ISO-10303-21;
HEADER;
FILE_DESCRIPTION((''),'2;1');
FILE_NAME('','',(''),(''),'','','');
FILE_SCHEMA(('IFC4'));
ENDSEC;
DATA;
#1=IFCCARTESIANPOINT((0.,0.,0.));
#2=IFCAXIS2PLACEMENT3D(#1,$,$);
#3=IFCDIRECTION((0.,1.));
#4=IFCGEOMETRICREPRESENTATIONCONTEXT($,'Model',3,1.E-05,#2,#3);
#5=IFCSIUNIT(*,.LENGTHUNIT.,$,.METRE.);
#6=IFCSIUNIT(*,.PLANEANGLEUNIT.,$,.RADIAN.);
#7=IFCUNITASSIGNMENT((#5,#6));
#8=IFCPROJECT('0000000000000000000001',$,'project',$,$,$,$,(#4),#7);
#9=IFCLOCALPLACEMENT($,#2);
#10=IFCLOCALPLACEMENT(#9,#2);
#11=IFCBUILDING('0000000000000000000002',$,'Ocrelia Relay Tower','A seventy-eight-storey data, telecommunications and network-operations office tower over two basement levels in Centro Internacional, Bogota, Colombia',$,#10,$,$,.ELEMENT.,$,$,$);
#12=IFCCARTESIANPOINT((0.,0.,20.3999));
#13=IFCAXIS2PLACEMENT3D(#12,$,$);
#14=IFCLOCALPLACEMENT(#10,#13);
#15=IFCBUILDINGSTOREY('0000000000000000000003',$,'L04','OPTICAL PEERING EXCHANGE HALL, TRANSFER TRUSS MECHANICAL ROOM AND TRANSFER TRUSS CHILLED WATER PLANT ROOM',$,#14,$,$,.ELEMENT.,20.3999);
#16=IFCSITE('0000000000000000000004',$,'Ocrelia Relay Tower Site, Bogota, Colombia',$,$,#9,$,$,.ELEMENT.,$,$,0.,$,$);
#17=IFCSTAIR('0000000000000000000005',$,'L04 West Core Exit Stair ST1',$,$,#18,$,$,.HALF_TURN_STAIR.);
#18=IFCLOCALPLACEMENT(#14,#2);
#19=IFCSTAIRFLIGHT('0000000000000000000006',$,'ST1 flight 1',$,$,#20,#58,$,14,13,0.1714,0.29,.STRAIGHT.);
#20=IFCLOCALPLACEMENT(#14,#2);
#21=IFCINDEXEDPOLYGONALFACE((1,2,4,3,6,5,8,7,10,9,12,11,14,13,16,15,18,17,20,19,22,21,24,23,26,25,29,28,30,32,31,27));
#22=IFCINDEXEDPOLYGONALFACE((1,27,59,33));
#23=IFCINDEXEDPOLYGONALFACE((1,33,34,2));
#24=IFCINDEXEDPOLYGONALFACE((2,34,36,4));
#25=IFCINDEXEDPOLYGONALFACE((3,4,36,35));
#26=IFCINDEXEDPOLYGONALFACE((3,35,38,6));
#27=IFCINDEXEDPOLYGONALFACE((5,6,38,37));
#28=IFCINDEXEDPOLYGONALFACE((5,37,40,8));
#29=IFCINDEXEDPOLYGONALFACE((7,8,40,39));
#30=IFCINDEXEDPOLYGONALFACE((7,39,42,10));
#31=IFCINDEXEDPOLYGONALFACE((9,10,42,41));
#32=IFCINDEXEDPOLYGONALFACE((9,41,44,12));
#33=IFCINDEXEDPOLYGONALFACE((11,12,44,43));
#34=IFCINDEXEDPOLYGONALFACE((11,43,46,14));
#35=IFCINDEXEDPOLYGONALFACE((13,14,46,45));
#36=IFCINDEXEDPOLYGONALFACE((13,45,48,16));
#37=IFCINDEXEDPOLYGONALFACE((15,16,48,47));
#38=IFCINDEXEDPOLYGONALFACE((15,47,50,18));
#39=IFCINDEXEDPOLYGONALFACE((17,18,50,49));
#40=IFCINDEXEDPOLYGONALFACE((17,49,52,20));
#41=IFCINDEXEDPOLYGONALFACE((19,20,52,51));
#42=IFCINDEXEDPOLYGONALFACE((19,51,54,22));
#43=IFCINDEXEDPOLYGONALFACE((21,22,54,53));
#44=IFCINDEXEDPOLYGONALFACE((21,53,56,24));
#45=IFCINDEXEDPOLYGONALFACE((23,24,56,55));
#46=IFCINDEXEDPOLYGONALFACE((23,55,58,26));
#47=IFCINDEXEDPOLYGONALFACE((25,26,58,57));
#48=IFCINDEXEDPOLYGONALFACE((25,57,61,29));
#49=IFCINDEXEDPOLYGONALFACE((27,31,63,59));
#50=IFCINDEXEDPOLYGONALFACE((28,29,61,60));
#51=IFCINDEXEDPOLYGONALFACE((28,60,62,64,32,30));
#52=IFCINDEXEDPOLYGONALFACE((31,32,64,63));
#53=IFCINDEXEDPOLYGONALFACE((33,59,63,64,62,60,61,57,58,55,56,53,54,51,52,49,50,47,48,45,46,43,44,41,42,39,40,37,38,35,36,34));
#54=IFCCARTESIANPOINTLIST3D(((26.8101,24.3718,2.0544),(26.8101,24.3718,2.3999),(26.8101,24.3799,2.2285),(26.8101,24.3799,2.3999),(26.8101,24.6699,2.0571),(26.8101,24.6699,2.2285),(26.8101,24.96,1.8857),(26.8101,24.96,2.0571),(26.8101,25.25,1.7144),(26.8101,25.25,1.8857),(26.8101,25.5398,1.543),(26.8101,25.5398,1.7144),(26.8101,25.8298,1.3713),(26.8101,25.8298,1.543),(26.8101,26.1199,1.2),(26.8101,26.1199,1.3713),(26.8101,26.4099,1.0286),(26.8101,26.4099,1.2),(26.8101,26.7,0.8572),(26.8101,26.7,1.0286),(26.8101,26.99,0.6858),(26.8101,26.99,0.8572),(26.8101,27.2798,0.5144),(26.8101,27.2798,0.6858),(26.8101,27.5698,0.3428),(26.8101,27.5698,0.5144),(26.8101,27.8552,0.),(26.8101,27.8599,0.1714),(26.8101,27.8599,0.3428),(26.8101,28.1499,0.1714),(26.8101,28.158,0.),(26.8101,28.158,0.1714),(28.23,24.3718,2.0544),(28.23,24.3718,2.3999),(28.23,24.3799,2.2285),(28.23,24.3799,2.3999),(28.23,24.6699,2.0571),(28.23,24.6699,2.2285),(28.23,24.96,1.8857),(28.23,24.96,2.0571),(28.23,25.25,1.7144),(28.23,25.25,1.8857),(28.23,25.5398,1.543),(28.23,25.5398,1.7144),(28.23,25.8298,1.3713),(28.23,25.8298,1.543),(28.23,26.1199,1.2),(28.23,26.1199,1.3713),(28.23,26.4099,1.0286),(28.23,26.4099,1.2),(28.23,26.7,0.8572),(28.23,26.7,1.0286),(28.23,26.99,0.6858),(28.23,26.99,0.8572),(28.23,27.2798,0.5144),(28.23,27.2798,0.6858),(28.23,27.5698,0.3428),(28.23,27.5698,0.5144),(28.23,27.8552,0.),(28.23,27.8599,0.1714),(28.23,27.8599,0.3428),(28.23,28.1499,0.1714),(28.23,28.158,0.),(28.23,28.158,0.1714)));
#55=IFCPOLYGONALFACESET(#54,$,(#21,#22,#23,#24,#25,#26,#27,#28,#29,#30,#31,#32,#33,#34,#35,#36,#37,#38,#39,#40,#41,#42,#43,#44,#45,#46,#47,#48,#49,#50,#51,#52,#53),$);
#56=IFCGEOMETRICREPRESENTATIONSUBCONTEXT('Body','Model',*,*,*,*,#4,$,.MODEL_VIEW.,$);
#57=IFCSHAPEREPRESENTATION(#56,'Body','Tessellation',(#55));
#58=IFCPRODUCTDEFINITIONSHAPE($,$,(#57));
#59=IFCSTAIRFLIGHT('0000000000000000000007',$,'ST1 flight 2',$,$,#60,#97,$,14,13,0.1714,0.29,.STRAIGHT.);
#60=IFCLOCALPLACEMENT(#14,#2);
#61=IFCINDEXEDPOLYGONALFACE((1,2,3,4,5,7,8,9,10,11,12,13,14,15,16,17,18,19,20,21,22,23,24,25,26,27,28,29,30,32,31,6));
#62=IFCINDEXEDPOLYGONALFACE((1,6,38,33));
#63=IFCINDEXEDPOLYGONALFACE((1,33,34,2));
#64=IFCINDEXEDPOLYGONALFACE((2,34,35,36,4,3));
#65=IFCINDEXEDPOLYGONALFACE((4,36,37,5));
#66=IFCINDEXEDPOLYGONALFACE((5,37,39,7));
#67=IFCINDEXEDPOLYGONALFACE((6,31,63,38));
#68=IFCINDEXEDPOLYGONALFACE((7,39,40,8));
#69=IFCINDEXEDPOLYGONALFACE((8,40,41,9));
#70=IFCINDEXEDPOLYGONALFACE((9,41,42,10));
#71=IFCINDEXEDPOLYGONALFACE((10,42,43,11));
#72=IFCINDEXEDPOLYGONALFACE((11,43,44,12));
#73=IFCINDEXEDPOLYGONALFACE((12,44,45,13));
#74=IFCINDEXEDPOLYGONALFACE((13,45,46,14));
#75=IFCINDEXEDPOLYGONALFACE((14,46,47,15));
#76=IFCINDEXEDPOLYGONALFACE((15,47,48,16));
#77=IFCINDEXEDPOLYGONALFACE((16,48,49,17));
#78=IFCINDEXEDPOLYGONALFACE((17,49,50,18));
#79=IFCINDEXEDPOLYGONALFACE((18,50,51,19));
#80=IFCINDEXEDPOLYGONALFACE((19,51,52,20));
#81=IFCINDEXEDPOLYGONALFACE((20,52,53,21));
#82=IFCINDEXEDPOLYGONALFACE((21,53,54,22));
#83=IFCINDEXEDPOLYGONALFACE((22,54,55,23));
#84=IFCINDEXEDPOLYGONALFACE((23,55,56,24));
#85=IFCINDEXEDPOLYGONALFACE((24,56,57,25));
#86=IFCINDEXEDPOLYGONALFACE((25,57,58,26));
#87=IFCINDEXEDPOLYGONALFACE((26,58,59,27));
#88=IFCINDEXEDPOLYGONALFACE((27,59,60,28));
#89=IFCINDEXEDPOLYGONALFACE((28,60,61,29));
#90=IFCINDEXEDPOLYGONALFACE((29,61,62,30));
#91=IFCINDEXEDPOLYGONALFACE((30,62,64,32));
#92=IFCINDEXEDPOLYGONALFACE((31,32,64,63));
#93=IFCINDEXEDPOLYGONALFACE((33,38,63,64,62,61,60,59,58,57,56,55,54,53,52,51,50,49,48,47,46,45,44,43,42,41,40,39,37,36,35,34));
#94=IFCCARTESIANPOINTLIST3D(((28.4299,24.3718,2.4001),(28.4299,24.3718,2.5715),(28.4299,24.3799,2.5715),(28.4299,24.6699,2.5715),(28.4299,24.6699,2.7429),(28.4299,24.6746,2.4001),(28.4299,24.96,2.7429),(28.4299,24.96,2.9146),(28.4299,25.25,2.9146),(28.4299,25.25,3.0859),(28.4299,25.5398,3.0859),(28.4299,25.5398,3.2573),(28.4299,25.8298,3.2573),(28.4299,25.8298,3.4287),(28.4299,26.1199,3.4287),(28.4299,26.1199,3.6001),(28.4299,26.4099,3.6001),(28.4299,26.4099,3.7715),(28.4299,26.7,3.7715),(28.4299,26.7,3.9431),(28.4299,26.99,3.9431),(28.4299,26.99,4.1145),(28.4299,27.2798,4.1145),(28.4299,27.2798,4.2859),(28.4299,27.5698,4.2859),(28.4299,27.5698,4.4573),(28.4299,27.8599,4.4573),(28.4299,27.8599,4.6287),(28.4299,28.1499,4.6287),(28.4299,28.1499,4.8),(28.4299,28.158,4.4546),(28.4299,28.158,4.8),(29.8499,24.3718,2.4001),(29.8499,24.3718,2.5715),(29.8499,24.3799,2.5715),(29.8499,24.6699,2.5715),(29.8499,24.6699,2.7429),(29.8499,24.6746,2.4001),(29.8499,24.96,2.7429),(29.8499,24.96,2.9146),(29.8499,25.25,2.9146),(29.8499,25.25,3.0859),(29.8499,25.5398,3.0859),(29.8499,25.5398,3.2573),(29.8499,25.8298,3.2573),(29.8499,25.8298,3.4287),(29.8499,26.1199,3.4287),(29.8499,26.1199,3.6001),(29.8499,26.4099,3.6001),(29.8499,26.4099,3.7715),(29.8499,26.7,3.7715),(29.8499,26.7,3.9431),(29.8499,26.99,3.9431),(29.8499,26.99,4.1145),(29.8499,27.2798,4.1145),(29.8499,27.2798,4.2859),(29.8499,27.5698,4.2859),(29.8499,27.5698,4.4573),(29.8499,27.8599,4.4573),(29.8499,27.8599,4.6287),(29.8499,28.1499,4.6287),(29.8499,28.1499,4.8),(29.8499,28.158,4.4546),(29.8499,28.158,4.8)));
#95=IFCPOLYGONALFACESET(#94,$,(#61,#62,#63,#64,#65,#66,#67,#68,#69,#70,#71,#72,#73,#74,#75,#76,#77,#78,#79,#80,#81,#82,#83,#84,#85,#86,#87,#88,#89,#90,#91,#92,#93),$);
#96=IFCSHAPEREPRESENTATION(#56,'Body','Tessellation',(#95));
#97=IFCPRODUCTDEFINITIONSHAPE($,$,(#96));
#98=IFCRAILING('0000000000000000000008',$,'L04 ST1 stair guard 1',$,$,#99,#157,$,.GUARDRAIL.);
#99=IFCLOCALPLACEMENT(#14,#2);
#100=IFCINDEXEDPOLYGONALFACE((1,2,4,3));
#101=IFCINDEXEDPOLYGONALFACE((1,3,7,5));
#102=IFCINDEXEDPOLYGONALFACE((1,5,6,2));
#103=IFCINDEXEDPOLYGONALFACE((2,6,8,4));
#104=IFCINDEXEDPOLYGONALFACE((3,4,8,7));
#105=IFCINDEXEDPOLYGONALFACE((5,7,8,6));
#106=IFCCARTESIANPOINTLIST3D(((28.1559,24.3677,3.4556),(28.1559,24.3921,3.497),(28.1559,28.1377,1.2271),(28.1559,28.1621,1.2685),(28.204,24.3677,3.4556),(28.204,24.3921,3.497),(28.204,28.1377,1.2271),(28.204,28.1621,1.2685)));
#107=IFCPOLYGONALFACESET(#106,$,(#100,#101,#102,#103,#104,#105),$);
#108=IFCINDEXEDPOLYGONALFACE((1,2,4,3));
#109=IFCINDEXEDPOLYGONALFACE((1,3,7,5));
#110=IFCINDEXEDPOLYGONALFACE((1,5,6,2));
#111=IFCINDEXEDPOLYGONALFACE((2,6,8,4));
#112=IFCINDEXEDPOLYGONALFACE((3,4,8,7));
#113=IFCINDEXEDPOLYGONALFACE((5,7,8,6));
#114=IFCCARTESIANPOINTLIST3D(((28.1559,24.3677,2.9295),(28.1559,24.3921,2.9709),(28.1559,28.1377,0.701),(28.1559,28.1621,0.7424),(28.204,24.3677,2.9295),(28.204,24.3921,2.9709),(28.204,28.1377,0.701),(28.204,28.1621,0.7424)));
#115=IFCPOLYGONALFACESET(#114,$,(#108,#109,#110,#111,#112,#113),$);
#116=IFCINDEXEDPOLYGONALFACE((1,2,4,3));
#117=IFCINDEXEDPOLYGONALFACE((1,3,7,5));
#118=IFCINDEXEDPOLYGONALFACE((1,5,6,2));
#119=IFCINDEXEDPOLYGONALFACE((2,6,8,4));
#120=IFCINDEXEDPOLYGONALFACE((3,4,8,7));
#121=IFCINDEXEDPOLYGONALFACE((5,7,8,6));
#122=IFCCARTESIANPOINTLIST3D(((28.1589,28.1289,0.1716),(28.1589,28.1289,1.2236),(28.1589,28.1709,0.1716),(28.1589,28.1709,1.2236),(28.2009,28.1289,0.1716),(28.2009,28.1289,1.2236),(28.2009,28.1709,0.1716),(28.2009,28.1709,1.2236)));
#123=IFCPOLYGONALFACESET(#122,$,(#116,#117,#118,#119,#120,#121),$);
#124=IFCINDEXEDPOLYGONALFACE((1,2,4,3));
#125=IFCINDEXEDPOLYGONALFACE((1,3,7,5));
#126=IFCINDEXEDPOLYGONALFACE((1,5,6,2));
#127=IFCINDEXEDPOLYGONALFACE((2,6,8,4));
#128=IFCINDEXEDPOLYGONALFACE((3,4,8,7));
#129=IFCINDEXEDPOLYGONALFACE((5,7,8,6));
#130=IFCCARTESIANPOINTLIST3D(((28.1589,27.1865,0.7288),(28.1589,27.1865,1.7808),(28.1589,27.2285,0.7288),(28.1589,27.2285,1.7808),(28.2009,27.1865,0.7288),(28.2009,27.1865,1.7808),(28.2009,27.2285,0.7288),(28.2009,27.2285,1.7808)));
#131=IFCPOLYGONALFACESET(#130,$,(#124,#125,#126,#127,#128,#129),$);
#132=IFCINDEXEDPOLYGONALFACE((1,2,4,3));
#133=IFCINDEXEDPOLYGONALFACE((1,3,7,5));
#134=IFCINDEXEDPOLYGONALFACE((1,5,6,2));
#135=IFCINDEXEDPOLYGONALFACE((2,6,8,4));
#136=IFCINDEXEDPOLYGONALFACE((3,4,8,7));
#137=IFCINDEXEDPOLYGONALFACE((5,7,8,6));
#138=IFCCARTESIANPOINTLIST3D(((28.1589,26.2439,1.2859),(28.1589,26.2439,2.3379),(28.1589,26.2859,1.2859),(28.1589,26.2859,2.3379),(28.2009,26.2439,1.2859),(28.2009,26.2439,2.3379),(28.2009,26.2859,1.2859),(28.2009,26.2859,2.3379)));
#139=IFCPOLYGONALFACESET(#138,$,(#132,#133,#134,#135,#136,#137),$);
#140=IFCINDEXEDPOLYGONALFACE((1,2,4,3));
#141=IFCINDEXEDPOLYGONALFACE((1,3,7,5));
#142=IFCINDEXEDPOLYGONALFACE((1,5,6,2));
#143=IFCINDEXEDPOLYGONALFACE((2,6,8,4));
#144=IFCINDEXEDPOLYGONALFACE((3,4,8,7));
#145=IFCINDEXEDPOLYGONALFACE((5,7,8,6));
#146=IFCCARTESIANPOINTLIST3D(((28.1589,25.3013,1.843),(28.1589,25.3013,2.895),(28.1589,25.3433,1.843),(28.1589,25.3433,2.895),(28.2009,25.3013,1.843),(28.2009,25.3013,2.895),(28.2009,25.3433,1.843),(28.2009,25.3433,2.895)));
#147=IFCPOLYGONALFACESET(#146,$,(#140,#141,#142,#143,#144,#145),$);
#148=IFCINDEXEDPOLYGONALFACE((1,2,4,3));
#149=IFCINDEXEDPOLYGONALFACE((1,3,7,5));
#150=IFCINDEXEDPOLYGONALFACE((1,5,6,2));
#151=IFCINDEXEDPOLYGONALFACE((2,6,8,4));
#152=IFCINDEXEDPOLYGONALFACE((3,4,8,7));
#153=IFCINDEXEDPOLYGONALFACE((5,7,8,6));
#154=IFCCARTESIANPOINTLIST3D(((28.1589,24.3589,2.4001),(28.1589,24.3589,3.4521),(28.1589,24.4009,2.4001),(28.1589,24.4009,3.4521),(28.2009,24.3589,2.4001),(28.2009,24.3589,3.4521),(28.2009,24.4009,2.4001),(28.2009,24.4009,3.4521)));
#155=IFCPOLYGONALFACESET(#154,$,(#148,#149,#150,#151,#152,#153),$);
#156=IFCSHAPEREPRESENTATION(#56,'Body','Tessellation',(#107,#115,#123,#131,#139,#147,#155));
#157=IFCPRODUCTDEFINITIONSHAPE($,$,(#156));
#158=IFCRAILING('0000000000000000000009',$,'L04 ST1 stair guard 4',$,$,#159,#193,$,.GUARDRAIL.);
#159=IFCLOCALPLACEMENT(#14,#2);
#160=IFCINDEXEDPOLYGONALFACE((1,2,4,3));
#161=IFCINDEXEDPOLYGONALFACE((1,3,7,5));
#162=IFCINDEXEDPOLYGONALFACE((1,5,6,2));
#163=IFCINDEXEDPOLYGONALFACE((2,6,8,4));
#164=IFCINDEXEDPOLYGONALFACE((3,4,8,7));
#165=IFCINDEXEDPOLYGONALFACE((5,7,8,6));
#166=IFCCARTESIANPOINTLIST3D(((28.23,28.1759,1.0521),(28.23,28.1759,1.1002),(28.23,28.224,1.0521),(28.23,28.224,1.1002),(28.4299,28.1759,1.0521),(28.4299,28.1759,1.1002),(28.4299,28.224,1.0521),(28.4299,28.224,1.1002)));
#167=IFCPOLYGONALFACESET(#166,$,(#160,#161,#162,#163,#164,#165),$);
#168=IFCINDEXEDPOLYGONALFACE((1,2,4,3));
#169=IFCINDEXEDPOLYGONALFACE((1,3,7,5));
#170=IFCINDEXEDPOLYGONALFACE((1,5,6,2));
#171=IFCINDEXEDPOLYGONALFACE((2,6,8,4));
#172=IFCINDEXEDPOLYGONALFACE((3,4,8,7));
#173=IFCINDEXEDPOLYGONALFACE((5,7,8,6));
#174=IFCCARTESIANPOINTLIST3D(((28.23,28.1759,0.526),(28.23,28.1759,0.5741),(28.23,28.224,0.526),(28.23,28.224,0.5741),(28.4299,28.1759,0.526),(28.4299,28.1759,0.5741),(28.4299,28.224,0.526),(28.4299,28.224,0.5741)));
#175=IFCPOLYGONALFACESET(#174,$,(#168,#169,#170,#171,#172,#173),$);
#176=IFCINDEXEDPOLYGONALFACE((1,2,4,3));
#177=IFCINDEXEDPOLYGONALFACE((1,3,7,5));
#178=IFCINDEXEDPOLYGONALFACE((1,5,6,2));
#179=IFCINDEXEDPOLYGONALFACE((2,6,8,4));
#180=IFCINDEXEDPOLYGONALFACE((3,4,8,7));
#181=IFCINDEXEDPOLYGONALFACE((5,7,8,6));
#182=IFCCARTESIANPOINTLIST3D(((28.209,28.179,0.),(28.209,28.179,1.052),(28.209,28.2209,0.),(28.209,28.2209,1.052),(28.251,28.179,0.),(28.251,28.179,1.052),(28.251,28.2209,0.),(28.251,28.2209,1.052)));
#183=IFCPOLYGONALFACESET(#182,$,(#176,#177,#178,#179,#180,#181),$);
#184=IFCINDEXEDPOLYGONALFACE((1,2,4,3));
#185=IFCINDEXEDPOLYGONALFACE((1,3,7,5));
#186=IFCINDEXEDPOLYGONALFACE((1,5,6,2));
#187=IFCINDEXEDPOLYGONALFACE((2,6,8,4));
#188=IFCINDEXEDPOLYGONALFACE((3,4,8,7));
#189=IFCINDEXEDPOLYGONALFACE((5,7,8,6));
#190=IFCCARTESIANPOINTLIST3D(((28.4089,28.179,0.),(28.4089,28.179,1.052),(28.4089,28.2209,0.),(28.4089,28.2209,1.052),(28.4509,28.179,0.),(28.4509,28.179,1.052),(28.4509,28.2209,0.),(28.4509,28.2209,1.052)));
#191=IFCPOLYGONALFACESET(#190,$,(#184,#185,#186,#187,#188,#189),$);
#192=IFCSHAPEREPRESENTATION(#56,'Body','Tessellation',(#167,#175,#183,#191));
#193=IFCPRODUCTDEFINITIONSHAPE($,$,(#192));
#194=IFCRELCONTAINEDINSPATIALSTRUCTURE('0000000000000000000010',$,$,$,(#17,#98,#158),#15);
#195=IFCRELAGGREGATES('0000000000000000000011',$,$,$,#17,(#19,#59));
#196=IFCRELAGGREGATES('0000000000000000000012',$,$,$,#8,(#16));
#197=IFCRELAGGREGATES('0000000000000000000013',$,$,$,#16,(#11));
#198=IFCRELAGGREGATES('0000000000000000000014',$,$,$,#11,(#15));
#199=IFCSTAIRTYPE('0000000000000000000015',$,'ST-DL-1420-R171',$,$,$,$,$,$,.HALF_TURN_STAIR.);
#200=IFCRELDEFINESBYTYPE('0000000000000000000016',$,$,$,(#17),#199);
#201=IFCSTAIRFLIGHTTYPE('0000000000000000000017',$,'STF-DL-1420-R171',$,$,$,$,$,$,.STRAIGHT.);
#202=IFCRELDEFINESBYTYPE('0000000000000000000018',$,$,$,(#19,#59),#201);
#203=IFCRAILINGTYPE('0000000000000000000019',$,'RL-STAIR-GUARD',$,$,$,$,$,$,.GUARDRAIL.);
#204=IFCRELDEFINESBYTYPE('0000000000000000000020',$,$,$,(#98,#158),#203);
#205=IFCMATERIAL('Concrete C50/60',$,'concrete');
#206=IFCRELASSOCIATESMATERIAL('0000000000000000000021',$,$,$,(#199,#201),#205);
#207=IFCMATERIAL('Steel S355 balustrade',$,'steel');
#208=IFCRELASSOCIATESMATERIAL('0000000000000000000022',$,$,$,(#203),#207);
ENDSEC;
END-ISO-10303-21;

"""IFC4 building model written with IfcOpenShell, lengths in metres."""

from ifc_helpers import new_model, si_unit, direction, frame, origin, origin_2d, place, context, subcontext, project, spatial, polyline, rectangle, outline, extrude, material, type_object, element, aggregate, save


model = new_model("IFC4")

# Units and contexts
model_context = context("Model", 3, precision=1e-05, world=origin(), true_north=direction((0.0, 1.0)))
body_context = subcontext(model_context, "Body", "Model", "MODEL_VIEW")
ifc_project = project(units=[si_unit("LENGTHUNIT", "METRE"), si_unit("PLANEANGLEUNIT", "RADIAN")], contexts=[model_context])

# Site, building, storey
site_placement = place(None, origin())
site = spatial("IfcSite", under=ifc_project, at=site_placement, Name="Ocrelia Relay Tower Site, Bogota, Colombia", CompositionType="ELEMENT", RefElevation=0.0)
building_placement = place(site_placement, origin())
building = spatial("IfcBuilding", under=site, at=building_placement, Name="Ocrelia Relay Tower", Description="A seventy-eight-storey data, telecommunications and network-operations office tower over two basement levels in Centro Internacional, Bogota, Colombia", CompositionType="ELEMENT")
storey_placement = place(building_placement, frame((0.0, 0.0, 20.3999)))
storey = spatial("IfcBuildingStorey", under=building, at=storey_placement, Name="L04", Description="OPTICAL PEERING EXCHANGE HALL, TRANSFER TRUSS MECHANICAL ROOM AND TRANSFER TRUSS CHILLED WATER PLANT ROOM", CompositionType="ELEMENT", Elevation=20.3999)

# Shared definitions
ifc_material_1 = material(Name="Concrete C50/60", Category="concrete")

# Stair, stair flights
stair_type = type_object("IfcStairType", Name="ST-DL-1420-R171", PredefinedType="HALF_TURN_STAIR", material=ifc_material_1)
stair_placement = place(storey_placement, origin())
stair = element("IfcStair", 1, at=stair_placement, inside=storey, type_object=stair_type, Name="L04 West Core Exit Stair ST1", PredefinedType="HALF_TURN_STAIR")
stair_flight_type = type_object("IfcStairFlightType", Name="STF-DL-1420-R171", PredefinedType="STRAIGHT", material=ifc_material_1)
stair_flight_1_placement = place(storey_placement, frame((27.52, 28.1499, 0.0), z_axis=(0.0, 0.0, 1.0), x_axis=(0.0, -1.0, 0.0)))
stair_flight_1 = element("IfcStairFlight", 2, at=stair_flight_1_placement, type_object=stair_flight_type, Name="ST1 flight 1", NumberOfRisers=14, NumberOfTreads=13, PredefinedType="STRAIGHT", RiserHeight=0.1714, TreadLength=0.29, context=body_context, shape_type="SweptSolid", body=[
    extrude(outline(polyline([(-0.0081, 0.0), (-0.0081, 0.1714), (0.0, 0.1714), (0.29, 0.1714), (0.29, 0.3428), (0.5801, 0.3428), (0.5801, 0.5144), (0.8701, 0.5144), (0.8701, 0.6858), (1.1599, 0.6858), (1.1599, 0.8572), (1.45, 0.8572), (1.45, 1.0286), (1.74, 1.0286), (1.74, 1.2), (2.03, 1.2), (2.03, 1.3713), (2.3201, 1.3713), (2.3201, 1.543), (2.6101, 1.543), (2.6101, 1.7144), (2.8999, 1.7144), (2.8999, 1.8857), (3.1899, 1.8857), (3.1899, 2.0571), (3.48, 2.0571), (3.48, 2.2285), (3.77, 2.2285), (3.77, 2.3999), (3.7781, 2.3999), (3.7781, 2.0544), (0.2947, 0.0), (-0.0081, 0.0)])), frame((0.0, 0.71, 0.0), z_axis=(0.0, -1.0, 0.0), x_axis=(1.0, 0.0, 0.0)), (0.0, 0.0, 1.0), 1.4199),
])
stair_flight_2_placement = place(storey_placement, frame((29.1399, 24.3799, 2.4001), z_axis=(0.0, 0.0, 1.0), x_axis=(0.0, 1.0, 0.0)))
stair_flight_2 = element("IfcStairFlight", 3, at=stair_flight_2_placement, type_object=stair_flight_type, Name="ST1 flight 2", NumberOfRisers=14, NumberOfTreads=13, PredefinedType="STRAIGHT", RiserHeight=0.1714, TreadLength=0.29, context=body_context, shape_type="SweptSolid", body=[
    extrude(outline(polyline([(-0.0081, 0.0), (-0.0081, 0.1714), (0.0, 0.1714), (0.29, 0.1714), (0.29, 0.3428), (0.5801, 0.3428), (0.5801, 0.5144), (0.8701, 0.5144), (0.8701, 0.6858), (1.1599, 0.6858), (1.1599, 0.8572), (1.45, 0.8572), (1.45, 1.0286), (1.74, 1.0286), (1.74, 1.2), (2.03, 1.2), (2.03, 1.3713), (2.3201, 1.3713), (2.3201, 1.543), (2.6101, 1.543), (2.6101, 1.7144), (2.8999, 1.7144), (2.8999, 1.8857), (3.1899, 1.8857), (3.1899, 2.0571), (3.48, 2.0571), (3.48, 2.2285), (3.77, 2.2285), (3.77, 2.3999), (3.7781, 2.3999), (3.7781, 2.0544), (0.2947, 0.0), (-0.0081, 0.0)])), frame((0.0, 0.71, 0.0), z_axis=(0.0, -1.0, 0.0), x_axis=(1.0, 0.0, 0.0)), (0.0, 0.0, 1.0), 1.4199),
])
aggregate(stair, [stair_flight_1, stair_flight_2])

# Railings
ifc_material_2 = material(Name="Steel S355 balustrade", Category="steel")
railing_type_1 = type_object("IfcRailingType", Name="RL-STAIR-GUARD", PredefinedType="GUARDRAIL", material=ifc_material_2)
railing_1_placement = place(storey_placement, frame((28.1799, 28.1499, 0.1716)))
element("IfcRailing", 4, at=railing_1_placement, inside=storey, type_object=railing_type_1, Name="L04 ST1 stair guard 1", PredefinedType="GUARDRAIL", context=body_context, shape_type="SweptSolid", body=[
    extrude(rectangle(XDim=0.0481, YDim=0.0481, at=origin_2d()), frame((0.0, 0.0, 1.0762), z_axis=(0.0, -0.860849, 0.508861), x_axis=(1.0, 0.0, 0.0)), (0.0, 0.0, 1.0), 4.3794),
    extrude(rectangle(XDim=0.0481, YDim=0.0481, at=origin_2d()), frame((0.0, 0.0, 0.55), z_axis=(0.0, -0.860849, 0.508861), x_axis=(1.0, 0.0, 0.0)), (0.0, 0.0, 1.0), 4.3794),
    extrude(rectangle(XDim=0.042, YDim=0.042, at=origin_2d()), origin(), (0.0, 0.0, 1.0), 1.052),
    extrude(rectangle(XDim=0.042, YDim=0.042, at=origin_2d()), frame((0.0, -0.9424, 0.5571)), (0.0, 0.0, 1.0), 1.052),
    extrude(rectangle(XDim=0.042, YDim=0.042, at=origin_2d()), frame((0.0, -1.885, 1.1143)), (0.0, 0.0, 1.0), 1.052),
    extrude(rectangle(XDim=0.042, YDim=0.042, at=origin_2d()), frame((0.0, -2.8276, 1.6714)), (0.0, 0.0, 1.0), 1.052),
    extrude(rectangle(XDim=0.042, YDim=0.042, at=origin_2d()), frame((0.0, -3.77, 2.2285)), (0.0, 0.0, 1.0), 1.052),
])
railing_2_placement = place(storey_placement, frame((28.23, 28.2, 0.0)))
element("IfcRailing", 5, at=railing_2_placement, inside=storey, type_object=railing_type_1, Name="L04 ST1 stair guard 4", PredefinedType="GUARDRAIL", context=body_context, shape_type="SweptSolid", body=[
    extrude(rectangle(XDim=0.0481, YDim=0.0481, at=origin_2d()), frame((0.0, 0.0, 1.0762), z_axis=(1.0, 0.0, 0.0), x_axis=(0.0, 1.0, 0.0)), (0.0, 0.0, 1.0), 0.2),
    extrude(rectangle(XDim=0.0481, YDim=0.0481, at=origin_2d()), frame((0.0, 0.0, 0.55), z_axis=(1.0, 0.0, 0.0), x_axis=(0.0, 1.0, 0.0)), (0.0, 0.0, 1.0), 0.2),
    extrude(rectangle(XDim=0.042, YDim=0.042, at=origin_2d()), origin(), (0.0, 0.0, 1.0), 1.052),
    extrude(rectangle(XDim=0.042, YDim=0.042, at=origin_2d()), frame((0.2, 0.0, 0.0)), (0.0, 0.0, 1.0), 1.052),
])

save(model, "model.ifc")
